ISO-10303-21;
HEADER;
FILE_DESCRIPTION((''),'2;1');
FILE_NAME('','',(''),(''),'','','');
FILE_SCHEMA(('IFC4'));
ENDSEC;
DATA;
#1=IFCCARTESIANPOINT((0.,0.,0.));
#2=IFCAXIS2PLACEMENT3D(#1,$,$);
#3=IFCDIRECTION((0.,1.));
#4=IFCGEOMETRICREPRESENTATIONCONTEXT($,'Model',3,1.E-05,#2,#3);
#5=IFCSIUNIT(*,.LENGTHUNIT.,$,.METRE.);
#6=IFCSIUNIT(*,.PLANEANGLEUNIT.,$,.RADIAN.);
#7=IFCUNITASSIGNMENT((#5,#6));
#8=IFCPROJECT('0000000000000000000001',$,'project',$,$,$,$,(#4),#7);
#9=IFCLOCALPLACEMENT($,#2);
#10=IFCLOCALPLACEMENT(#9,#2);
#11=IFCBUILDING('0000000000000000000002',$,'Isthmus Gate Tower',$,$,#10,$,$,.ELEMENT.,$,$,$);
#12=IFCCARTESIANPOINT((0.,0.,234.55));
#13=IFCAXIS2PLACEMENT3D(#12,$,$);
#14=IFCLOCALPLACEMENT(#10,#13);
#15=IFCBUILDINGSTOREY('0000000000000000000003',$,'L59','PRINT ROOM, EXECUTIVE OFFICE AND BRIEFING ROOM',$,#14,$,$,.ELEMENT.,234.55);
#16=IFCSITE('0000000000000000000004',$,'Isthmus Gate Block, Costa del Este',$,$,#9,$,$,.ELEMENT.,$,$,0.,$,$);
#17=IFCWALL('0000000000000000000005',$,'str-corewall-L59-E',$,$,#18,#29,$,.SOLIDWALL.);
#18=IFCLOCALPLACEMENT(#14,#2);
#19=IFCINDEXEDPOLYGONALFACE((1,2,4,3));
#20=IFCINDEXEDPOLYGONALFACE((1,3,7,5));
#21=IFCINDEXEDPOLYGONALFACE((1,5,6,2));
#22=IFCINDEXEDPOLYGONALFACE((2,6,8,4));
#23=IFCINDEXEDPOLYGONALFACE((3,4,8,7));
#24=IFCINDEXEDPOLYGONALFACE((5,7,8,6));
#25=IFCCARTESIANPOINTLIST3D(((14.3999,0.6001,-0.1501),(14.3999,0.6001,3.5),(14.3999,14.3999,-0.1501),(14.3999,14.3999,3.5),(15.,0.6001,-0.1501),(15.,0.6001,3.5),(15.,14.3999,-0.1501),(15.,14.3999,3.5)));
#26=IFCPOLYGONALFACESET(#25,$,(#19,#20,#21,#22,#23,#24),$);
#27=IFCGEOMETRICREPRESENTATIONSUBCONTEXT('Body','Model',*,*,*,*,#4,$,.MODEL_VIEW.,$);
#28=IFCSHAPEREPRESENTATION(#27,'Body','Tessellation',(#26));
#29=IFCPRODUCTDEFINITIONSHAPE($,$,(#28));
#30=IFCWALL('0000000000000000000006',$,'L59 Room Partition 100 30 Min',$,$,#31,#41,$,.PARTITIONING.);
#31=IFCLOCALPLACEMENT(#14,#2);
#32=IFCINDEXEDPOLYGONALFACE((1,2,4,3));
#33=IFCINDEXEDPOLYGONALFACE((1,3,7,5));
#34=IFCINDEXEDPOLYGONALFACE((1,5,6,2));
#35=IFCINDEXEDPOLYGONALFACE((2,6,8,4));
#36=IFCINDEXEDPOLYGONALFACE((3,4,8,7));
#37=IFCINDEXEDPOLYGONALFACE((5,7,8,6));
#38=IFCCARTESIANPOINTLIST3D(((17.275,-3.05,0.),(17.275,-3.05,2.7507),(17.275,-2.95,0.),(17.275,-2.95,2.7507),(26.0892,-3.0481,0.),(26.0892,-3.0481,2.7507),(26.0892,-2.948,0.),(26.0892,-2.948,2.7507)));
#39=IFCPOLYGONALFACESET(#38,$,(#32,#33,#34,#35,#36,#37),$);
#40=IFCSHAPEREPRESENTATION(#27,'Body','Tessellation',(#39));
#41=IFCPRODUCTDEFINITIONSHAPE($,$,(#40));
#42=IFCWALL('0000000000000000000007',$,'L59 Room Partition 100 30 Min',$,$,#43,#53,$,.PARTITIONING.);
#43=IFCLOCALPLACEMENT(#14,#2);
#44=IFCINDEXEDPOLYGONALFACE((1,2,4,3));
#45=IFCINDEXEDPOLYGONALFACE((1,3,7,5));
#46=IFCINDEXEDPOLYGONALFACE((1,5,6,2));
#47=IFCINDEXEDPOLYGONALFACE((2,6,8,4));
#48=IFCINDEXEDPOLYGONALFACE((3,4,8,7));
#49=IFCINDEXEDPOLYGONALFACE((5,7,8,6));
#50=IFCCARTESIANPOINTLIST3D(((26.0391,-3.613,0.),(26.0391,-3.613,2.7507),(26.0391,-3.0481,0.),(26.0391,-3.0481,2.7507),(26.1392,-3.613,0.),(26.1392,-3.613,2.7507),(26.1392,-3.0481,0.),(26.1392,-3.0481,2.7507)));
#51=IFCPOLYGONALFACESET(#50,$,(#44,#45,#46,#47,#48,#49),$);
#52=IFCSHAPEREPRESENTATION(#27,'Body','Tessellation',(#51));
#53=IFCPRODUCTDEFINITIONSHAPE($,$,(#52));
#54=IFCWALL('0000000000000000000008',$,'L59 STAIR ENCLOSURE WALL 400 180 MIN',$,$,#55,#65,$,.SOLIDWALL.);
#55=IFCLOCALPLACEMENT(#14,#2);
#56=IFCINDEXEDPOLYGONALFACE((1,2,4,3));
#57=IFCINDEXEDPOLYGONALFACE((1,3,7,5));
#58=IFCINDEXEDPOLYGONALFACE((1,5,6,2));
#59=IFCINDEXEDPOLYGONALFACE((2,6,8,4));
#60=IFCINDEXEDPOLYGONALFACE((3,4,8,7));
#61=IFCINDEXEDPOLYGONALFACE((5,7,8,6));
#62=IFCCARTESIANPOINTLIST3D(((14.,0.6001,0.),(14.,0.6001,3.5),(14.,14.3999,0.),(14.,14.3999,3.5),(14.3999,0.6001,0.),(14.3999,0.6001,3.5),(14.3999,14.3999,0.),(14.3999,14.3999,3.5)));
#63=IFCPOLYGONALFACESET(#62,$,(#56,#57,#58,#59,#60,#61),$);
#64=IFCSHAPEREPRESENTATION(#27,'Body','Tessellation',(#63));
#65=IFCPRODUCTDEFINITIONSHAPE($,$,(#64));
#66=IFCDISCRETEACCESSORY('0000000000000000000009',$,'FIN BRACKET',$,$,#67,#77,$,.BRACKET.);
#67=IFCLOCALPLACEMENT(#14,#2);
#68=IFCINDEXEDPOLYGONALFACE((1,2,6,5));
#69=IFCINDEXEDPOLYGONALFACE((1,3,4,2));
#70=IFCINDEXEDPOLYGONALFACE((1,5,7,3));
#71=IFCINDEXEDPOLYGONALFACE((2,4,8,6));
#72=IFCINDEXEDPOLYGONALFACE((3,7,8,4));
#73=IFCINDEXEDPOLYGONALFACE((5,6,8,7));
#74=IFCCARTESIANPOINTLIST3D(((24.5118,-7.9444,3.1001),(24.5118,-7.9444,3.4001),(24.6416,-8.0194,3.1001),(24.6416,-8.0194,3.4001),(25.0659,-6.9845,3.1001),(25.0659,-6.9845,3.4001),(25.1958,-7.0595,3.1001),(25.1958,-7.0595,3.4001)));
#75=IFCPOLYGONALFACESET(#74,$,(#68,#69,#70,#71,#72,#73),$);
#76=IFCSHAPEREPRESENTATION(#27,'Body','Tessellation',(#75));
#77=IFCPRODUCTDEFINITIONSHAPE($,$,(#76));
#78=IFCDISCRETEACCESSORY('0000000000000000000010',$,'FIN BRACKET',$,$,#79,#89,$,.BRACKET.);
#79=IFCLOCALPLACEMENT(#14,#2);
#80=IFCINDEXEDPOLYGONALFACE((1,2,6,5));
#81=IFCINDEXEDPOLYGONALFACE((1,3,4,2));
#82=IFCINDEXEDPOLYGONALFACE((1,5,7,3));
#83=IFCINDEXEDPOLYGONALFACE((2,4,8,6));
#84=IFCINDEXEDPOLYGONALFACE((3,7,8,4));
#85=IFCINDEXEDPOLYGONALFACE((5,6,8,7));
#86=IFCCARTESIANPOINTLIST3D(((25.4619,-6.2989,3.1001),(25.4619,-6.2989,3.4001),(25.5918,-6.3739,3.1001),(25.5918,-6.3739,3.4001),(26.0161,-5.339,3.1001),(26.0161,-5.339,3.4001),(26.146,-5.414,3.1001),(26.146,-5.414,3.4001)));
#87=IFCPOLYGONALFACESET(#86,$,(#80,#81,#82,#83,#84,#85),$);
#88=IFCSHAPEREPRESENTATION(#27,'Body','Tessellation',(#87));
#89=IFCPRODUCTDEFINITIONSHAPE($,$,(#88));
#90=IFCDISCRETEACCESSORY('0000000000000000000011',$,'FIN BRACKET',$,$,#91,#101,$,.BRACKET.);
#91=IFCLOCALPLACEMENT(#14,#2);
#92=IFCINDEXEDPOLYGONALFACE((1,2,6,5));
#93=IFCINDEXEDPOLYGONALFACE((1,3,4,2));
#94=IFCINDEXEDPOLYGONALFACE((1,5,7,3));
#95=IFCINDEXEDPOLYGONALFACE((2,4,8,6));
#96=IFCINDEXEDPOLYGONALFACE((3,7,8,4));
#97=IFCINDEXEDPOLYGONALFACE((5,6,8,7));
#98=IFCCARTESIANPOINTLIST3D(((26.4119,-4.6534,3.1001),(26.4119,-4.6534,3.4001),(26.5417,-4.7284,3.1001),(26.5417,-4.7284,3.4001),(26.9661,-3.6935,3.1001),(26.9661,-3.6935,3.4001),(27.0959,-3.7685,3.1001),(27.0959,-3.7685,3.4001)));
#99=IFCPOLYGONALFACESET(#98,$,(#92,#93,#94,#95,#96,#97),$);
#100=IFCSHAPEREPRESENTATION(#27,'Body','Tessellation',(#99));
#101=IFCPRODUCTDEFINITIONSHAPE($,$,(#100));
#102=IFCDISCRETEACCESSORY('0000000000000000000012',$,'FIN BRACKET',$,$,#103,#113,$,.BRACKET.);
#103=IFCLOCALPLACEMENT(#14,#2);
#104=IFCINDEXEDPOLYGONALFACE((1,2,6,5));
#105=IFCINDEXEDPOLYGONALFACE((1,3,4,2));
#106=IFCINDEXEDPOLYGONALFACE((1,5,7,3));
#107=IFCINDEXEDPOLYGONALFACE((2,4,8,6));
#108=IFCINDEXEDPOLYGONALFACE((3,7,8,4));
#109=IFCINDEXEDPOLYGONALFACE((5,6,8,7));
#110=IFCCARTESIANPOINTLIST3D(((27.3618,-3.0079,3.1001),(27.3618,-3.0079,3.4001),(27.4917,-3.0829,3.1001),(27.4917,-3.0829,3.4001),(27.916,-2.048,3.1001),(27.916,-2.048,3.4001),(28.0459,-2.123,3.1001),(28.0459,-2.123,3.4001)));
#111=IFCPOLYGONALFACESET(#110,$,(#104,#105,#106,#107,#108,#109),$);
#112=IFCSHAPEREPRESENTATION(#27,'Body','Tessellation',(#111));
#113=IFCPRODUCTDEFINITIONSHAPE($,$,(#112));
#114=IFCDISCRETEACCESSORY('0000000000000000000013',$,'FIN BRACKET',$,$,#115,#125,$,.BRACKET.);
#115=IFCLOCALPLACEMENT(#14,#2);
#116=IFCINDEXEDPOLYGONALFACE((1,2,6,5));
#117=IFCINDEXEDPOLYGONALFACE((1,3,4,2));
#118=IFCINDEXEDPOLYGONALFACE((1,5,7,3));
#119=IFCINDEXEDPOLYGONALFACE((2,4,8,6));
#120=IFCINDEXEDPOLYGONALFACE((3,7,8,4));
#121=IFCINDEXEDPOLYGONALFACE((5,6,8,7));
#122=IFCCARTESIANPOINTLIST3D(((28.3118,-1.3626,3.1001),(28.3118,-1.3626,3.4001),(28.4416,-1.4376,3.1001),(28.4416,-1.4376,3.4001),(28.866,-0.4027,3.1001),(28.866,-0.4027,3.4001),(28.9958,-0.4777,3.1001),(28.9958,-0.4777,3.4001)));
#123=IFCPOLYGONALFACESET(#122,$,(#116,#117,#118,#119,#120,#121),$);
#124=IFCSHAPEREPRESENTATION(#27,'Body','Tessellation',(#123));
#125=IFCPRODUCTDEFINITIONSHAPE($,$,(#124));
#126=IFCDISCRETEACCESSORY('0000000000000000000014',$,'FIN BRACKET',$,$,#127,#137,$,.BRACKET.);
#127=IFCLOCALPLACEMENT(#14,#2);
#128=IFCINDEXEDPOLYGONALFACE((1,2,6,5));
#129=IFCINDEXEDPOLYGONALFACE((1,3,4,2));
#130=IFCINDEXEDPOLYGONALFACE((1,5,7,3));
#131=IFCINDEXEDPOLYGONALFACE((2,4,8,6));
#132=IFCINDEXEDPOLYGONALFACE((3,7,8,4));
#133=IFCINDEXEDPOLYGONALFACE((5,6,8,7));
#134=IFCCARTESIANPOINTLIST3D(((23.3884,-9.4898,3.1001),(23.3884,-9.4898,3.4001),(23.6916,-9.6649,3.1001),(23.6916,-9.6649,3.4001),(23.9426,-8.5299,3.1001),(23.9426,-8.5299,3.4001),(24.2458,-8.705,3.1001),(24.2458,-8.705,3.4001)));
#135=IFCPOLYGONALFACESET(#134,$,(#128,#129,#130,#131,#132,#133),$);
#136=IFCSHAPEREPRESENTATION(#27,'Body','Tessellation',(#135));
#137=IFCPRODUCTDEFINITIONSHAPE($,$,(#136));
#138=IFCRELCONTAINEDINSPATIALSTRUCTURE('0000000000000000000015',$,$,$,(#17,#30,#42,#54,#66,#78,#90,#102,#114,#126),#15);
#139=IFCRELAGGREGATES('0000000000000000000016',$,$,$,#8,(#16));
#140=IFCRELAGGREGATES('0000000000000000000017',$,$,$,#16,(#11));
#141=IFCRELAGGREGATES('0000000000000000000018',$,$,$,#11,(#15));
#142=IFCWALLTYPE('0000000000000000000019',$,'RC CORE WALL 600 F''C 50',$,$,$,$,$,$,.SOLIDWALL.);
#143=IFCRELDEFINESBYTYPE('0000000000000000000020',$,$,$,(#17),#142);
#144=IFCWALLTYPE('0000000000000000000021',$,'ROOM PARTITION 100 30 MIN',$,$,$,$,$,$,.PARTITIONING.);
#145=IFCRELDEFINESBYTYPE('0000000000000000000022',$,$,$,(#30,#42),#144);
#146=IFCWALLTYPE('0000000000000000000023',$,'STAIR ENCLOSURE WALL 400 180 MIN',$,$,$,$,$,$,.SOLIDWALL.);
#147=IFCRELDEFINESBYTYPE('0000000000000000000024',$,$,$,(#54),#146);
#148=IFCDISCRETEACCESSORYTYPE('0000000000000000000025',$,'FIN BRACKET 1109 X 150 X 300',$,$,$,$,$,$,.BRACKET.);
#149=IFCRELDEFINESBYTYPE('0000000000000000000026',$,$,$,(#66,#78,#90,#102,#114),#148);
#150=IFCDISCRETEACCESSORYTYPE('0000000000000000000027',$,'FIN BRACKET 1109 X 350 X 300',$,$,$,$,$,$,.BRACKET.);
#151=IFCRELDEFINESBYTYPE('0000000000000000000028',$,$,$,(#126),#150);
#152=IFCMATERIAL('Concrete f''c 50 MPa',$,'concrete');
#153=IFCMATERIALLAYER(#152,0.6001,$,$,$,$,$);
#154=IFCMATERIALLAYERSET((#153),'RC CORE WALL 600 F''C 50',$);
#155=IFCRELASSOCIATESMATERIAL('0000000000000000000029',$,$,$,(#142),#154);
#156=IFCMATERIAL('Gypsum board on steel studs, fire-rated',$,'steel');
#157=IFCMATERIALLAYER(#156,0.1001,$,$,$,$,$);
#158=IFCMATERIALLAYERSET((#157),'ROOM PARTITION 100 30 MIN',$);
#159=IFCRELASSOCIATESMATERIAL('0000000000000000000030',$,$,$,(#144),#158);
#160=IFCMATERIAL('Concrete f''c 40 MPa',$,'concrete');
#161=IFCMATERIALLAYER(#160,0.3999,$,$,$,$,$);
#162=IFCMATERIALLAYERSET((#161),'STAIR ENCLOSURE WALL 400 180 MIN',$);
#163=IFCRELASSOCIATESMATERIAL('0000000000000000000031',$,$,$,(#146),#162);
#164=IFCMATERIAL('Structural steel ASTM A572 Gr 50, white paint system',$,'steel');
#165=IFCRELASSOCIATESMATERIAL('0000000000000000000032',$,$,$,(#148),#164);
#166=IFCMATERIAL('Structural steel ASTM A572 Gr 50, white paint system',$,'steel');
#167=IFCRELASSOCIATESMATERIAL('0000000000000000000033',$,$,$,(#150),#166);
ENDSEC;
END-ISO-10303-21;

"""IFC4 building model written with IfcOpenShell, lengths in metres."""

from ifc_helpers import new_model, si_unit, direction, frame, frame_2d, origin, origin_2d, place, context, subcontext, project, spatial, rectangle, extrude, material, layer, layer_set, type_object, element, save


model = new_model("IFC4")

# Units and contexts
model_context = context("Model", 3, precision=1e-05, world=origin(), true_north=direction((0.0, 1.0)))
body_context = subcontext(model_context, "Body", "Model", "MODEL_VIEW")
ifc_project = project(units=[si_unit("LENGTHUNIT", "METRE"), si_unit("PLANEANGLEUNIT", "RADIAN")], contexts=[model_context])

# Site, building, storey
site_placement = place(None, origin())
site = spatial("IfcSite", under=ifc_project, at=site_placement, Name="Isthmus Gate Block, Costa del Este", CompositionType="ELEMENT", RefElevation=0.0)
building_placement = place(site_placement, origin())
building = spatial("IfcBuilding", under=site, at=building_placement, Name="Isthmus Gate Tower", CompositionType="ELEMENT")
storey_placement = place(building_placement, frame((0.0, 0.0, 234.55)))
storey = spatial("IfcBuildingStorey", under=building, at=storey_placement, Name="L59", Description="PRINT ROOM, EXECUTIVE OFFICE AND BRIEFING ROOM", CompositionType="ELEMENT", Elevation=234.55)

# Walls
ifc_material_1 = material(Name="Concrete f'c 50 MPa", Category="concrete")
ifc_layer_1 = layer(ifc_material_1, 0.6001)
ifc_layer_set_1 = layer_set([ifc_layer_1], Name="RC CORE WALL 600 F'C 50")
wall_type_1 = type_object("IfcWallType", Name="RC CORE WALL 600 F'C 50", PredefinedType="SOLIDWALL", material=ifc_layer_set_1)
wall_1_placement = place(storey_placement, frame((14.7, 0.6001, -0.1501), z_axis=(0.0, 0.0, 1.0), x_axis=(0.0, 1.0, 0.0)))
element("IfcWall", 1, at=wall_1_placement, inside=storey, type_object=wall_type_1, Name="str-corewall-L59-E", PredefinedType="SOLIDWALL", context=body_context, shape_type="SweptSolid", body=[
    extrude(rectangle(XDim=13.7998, YDim=0.6001, at=frame_2d((6.8999, 0.0))), origin(), (0.0, 0.0, 1.0), 3.6501),
])
ifc_material_2 = material(Name="Gypsum board on steel studs, fire-rated", Category="steel")
ifc_layer_2 = layer(ifc_material_2, 0.1001)
ifc_layer_set_2 = layer_set([ifc_layer_2], Name="ROOM PARTITION 100 30 MIN")
wall_type_2 = type_object("IfcWallType", Name="ROOM PARTITION 100 30 MIN", PredefinedType="PARTITIONING", material=ifc_layer_set_2)
wall_2_placement = place(storey_placement, frame((17.2749, -3.0, 0.0), z_axis=(0.0, 0.0, 1.0), x_axis=(1.0, 0.000222, 0.0)))
element("IfcWall", 2, at=wall_2_placement, inside=storey, type_object=wall_type_2, Name="L59 Room Partition 100 30 Min", PredefinedType="PARTITIONING", context=body_context, shape_type="SweptSolid", body=[
    extrude(rectangle(XDim=8.8142, YDim=0.1001, at=frame_2d((4.4072, 0.0))), origin(), (0.0, 0.0, 1.0), 2.7507),
])
wall_3_placement = place(storey_placement, frame((26.0891, -3.613, 0.0), z_axis=(0.0, 0.0, 1.0), x_axis=(0.0, 1.0, 0.0)))
element("IfcWall", 3, at=wall_3_placement, inside=storey, type_object=wall_type_2, Name="L59 Room Partition 100 30 Min", PredefinedType="PARTITIONING", context=body_context, shape_type="SweptSolid", body=[
    extrude(rectangle(XDim=0.5649, YDim=0.1001, at=frame_2d((0.2825, 0.0))), origin(), (0.0, 0.0, 1.0), 2.7507),
])
ifc_material_3 = material(Name="Concrete f'c 40 MPa", Category="concrete")
ifc_layer_3 = layer(ifc_material_3, 0.3999)
ifc_layer_set_3 = layer_set([ifc_layer_3], Name="STAIR ENCLOSURE WALL 400 180 MIN")
wall_type_3 = type_object("IfcWallType", Name="STAIR ENCLOSURE WALL 400 180 MIN", PredefinedType="SOLIDWALL", material=ifc_layer_set_3)
wall_4_placement = place(storey_placement, frame((14.2, 0.6001, 0.0), z_axis=(0.0, 0.0, 1.0), x_axis=(0.0, 1.0, 0.0)))
element("IfcWall", 4, at=wall_4_placement, inside=storey, type_object=wall_type_3, Name="L59 STAIR ENCLOSURE WALL 400 180 MIN", PredefinedType="SOLIDWALL", context=body_context, shape_type="SweptSolid", body=[
    extrude(rectangle(XDim=13.7998, YDim=0.3999, at=frame_2d((6.8999, 0.0))), origin(), (0.0, 0.0, 1.0), 3.5),
])

# Discrete accessories
ifc_material_4 = material(Name="Structural steel ASTM A572 Gr 50, white paint system", Category="steel")
discrete_accessory_type_1 = type_object("IfcDiscreteAccessoryType", Name="FIN BRACKET 1109 X 150 X 300", PredefinedType="BRACKET", material=ifc_material_4)
for number, where, z_axis, x_axis, name in (
    (5, (24.8538, -7.502, 3.1001), (0.0, 0.0, 1.0), (0.866025, -0.5, 0.0), "FIN BRACKET"),
    (6, (25.804, -5.8564, 3.1001), (0.0, 0.0, 1.0), (0.866025, -0.5, 0.0), "FIN BRACKET"),
    (7, (26.7539, -4.2109, 3.1001), (0.0, 0.0, 1.0), (0.866025, -0.5, 0.0), "FIN BRACKET"),
    (8, (27.7039, -2.5654, 3.1001), (0.0, 0.0, 1.0), (0.866025, -0.5, 0.0), "FIN BRACKET"),
    (9, (28.6538, -0.9202, 3.1001), (0.0, 0.0, 1.0), (0.866025, -0.5, 0.0), "FIN BRACKET"),
):
    element("IfcDiscreteAccessory", number, at=place(storey_placement, frame(where, z_axis=z_axis, x_axis=x_axis)), inside=storey, type_object=discrete_accessory_type_1, Name=name, PredefinedType="BRACKET", context=body_context, shape_type="SweptSolid", body=[
        extrude(rectangle(XDim=0.1499, YDim=1.1084, at=origin_2d()), origin(), (0.0, 0.0, 1.0), 0.3),
    ])
ifc_material_5 = material(Name="Structural steel ASTM A572 Gr 50, white paint system", Category="steel")
discrete_accessory_type_2 = type_object("IfcDiscreteAccessoryType", Name="FIN BRACKET 1109 X 350 X 300", PredefinedType="BRACKET", material=ifc_material_5)
discrete_accessory_placement = place(storey_placement, frame((23.8171, -9.0974, 3.1001), z_axis=(0.0, 0.0, 1.0), x_axis=(0.866025, -0.5, 0.0)))
element("IfcDiscreteAccessory", 10, at=discrete_accessory_placement, inside=storey, type_object=discrete_accessory_type_2, Name="FIN BRACKET", PredefinedType="BRACKET", context=body_context, shape_type="SweptSolid", body=[
    extrude(rectangle(XDim=0.3501, YDim=1.1084, at=origin_2d()), origin(), (0.0, 0.0, 1.0), 0.3),
])

save(model, "model.ifc")
